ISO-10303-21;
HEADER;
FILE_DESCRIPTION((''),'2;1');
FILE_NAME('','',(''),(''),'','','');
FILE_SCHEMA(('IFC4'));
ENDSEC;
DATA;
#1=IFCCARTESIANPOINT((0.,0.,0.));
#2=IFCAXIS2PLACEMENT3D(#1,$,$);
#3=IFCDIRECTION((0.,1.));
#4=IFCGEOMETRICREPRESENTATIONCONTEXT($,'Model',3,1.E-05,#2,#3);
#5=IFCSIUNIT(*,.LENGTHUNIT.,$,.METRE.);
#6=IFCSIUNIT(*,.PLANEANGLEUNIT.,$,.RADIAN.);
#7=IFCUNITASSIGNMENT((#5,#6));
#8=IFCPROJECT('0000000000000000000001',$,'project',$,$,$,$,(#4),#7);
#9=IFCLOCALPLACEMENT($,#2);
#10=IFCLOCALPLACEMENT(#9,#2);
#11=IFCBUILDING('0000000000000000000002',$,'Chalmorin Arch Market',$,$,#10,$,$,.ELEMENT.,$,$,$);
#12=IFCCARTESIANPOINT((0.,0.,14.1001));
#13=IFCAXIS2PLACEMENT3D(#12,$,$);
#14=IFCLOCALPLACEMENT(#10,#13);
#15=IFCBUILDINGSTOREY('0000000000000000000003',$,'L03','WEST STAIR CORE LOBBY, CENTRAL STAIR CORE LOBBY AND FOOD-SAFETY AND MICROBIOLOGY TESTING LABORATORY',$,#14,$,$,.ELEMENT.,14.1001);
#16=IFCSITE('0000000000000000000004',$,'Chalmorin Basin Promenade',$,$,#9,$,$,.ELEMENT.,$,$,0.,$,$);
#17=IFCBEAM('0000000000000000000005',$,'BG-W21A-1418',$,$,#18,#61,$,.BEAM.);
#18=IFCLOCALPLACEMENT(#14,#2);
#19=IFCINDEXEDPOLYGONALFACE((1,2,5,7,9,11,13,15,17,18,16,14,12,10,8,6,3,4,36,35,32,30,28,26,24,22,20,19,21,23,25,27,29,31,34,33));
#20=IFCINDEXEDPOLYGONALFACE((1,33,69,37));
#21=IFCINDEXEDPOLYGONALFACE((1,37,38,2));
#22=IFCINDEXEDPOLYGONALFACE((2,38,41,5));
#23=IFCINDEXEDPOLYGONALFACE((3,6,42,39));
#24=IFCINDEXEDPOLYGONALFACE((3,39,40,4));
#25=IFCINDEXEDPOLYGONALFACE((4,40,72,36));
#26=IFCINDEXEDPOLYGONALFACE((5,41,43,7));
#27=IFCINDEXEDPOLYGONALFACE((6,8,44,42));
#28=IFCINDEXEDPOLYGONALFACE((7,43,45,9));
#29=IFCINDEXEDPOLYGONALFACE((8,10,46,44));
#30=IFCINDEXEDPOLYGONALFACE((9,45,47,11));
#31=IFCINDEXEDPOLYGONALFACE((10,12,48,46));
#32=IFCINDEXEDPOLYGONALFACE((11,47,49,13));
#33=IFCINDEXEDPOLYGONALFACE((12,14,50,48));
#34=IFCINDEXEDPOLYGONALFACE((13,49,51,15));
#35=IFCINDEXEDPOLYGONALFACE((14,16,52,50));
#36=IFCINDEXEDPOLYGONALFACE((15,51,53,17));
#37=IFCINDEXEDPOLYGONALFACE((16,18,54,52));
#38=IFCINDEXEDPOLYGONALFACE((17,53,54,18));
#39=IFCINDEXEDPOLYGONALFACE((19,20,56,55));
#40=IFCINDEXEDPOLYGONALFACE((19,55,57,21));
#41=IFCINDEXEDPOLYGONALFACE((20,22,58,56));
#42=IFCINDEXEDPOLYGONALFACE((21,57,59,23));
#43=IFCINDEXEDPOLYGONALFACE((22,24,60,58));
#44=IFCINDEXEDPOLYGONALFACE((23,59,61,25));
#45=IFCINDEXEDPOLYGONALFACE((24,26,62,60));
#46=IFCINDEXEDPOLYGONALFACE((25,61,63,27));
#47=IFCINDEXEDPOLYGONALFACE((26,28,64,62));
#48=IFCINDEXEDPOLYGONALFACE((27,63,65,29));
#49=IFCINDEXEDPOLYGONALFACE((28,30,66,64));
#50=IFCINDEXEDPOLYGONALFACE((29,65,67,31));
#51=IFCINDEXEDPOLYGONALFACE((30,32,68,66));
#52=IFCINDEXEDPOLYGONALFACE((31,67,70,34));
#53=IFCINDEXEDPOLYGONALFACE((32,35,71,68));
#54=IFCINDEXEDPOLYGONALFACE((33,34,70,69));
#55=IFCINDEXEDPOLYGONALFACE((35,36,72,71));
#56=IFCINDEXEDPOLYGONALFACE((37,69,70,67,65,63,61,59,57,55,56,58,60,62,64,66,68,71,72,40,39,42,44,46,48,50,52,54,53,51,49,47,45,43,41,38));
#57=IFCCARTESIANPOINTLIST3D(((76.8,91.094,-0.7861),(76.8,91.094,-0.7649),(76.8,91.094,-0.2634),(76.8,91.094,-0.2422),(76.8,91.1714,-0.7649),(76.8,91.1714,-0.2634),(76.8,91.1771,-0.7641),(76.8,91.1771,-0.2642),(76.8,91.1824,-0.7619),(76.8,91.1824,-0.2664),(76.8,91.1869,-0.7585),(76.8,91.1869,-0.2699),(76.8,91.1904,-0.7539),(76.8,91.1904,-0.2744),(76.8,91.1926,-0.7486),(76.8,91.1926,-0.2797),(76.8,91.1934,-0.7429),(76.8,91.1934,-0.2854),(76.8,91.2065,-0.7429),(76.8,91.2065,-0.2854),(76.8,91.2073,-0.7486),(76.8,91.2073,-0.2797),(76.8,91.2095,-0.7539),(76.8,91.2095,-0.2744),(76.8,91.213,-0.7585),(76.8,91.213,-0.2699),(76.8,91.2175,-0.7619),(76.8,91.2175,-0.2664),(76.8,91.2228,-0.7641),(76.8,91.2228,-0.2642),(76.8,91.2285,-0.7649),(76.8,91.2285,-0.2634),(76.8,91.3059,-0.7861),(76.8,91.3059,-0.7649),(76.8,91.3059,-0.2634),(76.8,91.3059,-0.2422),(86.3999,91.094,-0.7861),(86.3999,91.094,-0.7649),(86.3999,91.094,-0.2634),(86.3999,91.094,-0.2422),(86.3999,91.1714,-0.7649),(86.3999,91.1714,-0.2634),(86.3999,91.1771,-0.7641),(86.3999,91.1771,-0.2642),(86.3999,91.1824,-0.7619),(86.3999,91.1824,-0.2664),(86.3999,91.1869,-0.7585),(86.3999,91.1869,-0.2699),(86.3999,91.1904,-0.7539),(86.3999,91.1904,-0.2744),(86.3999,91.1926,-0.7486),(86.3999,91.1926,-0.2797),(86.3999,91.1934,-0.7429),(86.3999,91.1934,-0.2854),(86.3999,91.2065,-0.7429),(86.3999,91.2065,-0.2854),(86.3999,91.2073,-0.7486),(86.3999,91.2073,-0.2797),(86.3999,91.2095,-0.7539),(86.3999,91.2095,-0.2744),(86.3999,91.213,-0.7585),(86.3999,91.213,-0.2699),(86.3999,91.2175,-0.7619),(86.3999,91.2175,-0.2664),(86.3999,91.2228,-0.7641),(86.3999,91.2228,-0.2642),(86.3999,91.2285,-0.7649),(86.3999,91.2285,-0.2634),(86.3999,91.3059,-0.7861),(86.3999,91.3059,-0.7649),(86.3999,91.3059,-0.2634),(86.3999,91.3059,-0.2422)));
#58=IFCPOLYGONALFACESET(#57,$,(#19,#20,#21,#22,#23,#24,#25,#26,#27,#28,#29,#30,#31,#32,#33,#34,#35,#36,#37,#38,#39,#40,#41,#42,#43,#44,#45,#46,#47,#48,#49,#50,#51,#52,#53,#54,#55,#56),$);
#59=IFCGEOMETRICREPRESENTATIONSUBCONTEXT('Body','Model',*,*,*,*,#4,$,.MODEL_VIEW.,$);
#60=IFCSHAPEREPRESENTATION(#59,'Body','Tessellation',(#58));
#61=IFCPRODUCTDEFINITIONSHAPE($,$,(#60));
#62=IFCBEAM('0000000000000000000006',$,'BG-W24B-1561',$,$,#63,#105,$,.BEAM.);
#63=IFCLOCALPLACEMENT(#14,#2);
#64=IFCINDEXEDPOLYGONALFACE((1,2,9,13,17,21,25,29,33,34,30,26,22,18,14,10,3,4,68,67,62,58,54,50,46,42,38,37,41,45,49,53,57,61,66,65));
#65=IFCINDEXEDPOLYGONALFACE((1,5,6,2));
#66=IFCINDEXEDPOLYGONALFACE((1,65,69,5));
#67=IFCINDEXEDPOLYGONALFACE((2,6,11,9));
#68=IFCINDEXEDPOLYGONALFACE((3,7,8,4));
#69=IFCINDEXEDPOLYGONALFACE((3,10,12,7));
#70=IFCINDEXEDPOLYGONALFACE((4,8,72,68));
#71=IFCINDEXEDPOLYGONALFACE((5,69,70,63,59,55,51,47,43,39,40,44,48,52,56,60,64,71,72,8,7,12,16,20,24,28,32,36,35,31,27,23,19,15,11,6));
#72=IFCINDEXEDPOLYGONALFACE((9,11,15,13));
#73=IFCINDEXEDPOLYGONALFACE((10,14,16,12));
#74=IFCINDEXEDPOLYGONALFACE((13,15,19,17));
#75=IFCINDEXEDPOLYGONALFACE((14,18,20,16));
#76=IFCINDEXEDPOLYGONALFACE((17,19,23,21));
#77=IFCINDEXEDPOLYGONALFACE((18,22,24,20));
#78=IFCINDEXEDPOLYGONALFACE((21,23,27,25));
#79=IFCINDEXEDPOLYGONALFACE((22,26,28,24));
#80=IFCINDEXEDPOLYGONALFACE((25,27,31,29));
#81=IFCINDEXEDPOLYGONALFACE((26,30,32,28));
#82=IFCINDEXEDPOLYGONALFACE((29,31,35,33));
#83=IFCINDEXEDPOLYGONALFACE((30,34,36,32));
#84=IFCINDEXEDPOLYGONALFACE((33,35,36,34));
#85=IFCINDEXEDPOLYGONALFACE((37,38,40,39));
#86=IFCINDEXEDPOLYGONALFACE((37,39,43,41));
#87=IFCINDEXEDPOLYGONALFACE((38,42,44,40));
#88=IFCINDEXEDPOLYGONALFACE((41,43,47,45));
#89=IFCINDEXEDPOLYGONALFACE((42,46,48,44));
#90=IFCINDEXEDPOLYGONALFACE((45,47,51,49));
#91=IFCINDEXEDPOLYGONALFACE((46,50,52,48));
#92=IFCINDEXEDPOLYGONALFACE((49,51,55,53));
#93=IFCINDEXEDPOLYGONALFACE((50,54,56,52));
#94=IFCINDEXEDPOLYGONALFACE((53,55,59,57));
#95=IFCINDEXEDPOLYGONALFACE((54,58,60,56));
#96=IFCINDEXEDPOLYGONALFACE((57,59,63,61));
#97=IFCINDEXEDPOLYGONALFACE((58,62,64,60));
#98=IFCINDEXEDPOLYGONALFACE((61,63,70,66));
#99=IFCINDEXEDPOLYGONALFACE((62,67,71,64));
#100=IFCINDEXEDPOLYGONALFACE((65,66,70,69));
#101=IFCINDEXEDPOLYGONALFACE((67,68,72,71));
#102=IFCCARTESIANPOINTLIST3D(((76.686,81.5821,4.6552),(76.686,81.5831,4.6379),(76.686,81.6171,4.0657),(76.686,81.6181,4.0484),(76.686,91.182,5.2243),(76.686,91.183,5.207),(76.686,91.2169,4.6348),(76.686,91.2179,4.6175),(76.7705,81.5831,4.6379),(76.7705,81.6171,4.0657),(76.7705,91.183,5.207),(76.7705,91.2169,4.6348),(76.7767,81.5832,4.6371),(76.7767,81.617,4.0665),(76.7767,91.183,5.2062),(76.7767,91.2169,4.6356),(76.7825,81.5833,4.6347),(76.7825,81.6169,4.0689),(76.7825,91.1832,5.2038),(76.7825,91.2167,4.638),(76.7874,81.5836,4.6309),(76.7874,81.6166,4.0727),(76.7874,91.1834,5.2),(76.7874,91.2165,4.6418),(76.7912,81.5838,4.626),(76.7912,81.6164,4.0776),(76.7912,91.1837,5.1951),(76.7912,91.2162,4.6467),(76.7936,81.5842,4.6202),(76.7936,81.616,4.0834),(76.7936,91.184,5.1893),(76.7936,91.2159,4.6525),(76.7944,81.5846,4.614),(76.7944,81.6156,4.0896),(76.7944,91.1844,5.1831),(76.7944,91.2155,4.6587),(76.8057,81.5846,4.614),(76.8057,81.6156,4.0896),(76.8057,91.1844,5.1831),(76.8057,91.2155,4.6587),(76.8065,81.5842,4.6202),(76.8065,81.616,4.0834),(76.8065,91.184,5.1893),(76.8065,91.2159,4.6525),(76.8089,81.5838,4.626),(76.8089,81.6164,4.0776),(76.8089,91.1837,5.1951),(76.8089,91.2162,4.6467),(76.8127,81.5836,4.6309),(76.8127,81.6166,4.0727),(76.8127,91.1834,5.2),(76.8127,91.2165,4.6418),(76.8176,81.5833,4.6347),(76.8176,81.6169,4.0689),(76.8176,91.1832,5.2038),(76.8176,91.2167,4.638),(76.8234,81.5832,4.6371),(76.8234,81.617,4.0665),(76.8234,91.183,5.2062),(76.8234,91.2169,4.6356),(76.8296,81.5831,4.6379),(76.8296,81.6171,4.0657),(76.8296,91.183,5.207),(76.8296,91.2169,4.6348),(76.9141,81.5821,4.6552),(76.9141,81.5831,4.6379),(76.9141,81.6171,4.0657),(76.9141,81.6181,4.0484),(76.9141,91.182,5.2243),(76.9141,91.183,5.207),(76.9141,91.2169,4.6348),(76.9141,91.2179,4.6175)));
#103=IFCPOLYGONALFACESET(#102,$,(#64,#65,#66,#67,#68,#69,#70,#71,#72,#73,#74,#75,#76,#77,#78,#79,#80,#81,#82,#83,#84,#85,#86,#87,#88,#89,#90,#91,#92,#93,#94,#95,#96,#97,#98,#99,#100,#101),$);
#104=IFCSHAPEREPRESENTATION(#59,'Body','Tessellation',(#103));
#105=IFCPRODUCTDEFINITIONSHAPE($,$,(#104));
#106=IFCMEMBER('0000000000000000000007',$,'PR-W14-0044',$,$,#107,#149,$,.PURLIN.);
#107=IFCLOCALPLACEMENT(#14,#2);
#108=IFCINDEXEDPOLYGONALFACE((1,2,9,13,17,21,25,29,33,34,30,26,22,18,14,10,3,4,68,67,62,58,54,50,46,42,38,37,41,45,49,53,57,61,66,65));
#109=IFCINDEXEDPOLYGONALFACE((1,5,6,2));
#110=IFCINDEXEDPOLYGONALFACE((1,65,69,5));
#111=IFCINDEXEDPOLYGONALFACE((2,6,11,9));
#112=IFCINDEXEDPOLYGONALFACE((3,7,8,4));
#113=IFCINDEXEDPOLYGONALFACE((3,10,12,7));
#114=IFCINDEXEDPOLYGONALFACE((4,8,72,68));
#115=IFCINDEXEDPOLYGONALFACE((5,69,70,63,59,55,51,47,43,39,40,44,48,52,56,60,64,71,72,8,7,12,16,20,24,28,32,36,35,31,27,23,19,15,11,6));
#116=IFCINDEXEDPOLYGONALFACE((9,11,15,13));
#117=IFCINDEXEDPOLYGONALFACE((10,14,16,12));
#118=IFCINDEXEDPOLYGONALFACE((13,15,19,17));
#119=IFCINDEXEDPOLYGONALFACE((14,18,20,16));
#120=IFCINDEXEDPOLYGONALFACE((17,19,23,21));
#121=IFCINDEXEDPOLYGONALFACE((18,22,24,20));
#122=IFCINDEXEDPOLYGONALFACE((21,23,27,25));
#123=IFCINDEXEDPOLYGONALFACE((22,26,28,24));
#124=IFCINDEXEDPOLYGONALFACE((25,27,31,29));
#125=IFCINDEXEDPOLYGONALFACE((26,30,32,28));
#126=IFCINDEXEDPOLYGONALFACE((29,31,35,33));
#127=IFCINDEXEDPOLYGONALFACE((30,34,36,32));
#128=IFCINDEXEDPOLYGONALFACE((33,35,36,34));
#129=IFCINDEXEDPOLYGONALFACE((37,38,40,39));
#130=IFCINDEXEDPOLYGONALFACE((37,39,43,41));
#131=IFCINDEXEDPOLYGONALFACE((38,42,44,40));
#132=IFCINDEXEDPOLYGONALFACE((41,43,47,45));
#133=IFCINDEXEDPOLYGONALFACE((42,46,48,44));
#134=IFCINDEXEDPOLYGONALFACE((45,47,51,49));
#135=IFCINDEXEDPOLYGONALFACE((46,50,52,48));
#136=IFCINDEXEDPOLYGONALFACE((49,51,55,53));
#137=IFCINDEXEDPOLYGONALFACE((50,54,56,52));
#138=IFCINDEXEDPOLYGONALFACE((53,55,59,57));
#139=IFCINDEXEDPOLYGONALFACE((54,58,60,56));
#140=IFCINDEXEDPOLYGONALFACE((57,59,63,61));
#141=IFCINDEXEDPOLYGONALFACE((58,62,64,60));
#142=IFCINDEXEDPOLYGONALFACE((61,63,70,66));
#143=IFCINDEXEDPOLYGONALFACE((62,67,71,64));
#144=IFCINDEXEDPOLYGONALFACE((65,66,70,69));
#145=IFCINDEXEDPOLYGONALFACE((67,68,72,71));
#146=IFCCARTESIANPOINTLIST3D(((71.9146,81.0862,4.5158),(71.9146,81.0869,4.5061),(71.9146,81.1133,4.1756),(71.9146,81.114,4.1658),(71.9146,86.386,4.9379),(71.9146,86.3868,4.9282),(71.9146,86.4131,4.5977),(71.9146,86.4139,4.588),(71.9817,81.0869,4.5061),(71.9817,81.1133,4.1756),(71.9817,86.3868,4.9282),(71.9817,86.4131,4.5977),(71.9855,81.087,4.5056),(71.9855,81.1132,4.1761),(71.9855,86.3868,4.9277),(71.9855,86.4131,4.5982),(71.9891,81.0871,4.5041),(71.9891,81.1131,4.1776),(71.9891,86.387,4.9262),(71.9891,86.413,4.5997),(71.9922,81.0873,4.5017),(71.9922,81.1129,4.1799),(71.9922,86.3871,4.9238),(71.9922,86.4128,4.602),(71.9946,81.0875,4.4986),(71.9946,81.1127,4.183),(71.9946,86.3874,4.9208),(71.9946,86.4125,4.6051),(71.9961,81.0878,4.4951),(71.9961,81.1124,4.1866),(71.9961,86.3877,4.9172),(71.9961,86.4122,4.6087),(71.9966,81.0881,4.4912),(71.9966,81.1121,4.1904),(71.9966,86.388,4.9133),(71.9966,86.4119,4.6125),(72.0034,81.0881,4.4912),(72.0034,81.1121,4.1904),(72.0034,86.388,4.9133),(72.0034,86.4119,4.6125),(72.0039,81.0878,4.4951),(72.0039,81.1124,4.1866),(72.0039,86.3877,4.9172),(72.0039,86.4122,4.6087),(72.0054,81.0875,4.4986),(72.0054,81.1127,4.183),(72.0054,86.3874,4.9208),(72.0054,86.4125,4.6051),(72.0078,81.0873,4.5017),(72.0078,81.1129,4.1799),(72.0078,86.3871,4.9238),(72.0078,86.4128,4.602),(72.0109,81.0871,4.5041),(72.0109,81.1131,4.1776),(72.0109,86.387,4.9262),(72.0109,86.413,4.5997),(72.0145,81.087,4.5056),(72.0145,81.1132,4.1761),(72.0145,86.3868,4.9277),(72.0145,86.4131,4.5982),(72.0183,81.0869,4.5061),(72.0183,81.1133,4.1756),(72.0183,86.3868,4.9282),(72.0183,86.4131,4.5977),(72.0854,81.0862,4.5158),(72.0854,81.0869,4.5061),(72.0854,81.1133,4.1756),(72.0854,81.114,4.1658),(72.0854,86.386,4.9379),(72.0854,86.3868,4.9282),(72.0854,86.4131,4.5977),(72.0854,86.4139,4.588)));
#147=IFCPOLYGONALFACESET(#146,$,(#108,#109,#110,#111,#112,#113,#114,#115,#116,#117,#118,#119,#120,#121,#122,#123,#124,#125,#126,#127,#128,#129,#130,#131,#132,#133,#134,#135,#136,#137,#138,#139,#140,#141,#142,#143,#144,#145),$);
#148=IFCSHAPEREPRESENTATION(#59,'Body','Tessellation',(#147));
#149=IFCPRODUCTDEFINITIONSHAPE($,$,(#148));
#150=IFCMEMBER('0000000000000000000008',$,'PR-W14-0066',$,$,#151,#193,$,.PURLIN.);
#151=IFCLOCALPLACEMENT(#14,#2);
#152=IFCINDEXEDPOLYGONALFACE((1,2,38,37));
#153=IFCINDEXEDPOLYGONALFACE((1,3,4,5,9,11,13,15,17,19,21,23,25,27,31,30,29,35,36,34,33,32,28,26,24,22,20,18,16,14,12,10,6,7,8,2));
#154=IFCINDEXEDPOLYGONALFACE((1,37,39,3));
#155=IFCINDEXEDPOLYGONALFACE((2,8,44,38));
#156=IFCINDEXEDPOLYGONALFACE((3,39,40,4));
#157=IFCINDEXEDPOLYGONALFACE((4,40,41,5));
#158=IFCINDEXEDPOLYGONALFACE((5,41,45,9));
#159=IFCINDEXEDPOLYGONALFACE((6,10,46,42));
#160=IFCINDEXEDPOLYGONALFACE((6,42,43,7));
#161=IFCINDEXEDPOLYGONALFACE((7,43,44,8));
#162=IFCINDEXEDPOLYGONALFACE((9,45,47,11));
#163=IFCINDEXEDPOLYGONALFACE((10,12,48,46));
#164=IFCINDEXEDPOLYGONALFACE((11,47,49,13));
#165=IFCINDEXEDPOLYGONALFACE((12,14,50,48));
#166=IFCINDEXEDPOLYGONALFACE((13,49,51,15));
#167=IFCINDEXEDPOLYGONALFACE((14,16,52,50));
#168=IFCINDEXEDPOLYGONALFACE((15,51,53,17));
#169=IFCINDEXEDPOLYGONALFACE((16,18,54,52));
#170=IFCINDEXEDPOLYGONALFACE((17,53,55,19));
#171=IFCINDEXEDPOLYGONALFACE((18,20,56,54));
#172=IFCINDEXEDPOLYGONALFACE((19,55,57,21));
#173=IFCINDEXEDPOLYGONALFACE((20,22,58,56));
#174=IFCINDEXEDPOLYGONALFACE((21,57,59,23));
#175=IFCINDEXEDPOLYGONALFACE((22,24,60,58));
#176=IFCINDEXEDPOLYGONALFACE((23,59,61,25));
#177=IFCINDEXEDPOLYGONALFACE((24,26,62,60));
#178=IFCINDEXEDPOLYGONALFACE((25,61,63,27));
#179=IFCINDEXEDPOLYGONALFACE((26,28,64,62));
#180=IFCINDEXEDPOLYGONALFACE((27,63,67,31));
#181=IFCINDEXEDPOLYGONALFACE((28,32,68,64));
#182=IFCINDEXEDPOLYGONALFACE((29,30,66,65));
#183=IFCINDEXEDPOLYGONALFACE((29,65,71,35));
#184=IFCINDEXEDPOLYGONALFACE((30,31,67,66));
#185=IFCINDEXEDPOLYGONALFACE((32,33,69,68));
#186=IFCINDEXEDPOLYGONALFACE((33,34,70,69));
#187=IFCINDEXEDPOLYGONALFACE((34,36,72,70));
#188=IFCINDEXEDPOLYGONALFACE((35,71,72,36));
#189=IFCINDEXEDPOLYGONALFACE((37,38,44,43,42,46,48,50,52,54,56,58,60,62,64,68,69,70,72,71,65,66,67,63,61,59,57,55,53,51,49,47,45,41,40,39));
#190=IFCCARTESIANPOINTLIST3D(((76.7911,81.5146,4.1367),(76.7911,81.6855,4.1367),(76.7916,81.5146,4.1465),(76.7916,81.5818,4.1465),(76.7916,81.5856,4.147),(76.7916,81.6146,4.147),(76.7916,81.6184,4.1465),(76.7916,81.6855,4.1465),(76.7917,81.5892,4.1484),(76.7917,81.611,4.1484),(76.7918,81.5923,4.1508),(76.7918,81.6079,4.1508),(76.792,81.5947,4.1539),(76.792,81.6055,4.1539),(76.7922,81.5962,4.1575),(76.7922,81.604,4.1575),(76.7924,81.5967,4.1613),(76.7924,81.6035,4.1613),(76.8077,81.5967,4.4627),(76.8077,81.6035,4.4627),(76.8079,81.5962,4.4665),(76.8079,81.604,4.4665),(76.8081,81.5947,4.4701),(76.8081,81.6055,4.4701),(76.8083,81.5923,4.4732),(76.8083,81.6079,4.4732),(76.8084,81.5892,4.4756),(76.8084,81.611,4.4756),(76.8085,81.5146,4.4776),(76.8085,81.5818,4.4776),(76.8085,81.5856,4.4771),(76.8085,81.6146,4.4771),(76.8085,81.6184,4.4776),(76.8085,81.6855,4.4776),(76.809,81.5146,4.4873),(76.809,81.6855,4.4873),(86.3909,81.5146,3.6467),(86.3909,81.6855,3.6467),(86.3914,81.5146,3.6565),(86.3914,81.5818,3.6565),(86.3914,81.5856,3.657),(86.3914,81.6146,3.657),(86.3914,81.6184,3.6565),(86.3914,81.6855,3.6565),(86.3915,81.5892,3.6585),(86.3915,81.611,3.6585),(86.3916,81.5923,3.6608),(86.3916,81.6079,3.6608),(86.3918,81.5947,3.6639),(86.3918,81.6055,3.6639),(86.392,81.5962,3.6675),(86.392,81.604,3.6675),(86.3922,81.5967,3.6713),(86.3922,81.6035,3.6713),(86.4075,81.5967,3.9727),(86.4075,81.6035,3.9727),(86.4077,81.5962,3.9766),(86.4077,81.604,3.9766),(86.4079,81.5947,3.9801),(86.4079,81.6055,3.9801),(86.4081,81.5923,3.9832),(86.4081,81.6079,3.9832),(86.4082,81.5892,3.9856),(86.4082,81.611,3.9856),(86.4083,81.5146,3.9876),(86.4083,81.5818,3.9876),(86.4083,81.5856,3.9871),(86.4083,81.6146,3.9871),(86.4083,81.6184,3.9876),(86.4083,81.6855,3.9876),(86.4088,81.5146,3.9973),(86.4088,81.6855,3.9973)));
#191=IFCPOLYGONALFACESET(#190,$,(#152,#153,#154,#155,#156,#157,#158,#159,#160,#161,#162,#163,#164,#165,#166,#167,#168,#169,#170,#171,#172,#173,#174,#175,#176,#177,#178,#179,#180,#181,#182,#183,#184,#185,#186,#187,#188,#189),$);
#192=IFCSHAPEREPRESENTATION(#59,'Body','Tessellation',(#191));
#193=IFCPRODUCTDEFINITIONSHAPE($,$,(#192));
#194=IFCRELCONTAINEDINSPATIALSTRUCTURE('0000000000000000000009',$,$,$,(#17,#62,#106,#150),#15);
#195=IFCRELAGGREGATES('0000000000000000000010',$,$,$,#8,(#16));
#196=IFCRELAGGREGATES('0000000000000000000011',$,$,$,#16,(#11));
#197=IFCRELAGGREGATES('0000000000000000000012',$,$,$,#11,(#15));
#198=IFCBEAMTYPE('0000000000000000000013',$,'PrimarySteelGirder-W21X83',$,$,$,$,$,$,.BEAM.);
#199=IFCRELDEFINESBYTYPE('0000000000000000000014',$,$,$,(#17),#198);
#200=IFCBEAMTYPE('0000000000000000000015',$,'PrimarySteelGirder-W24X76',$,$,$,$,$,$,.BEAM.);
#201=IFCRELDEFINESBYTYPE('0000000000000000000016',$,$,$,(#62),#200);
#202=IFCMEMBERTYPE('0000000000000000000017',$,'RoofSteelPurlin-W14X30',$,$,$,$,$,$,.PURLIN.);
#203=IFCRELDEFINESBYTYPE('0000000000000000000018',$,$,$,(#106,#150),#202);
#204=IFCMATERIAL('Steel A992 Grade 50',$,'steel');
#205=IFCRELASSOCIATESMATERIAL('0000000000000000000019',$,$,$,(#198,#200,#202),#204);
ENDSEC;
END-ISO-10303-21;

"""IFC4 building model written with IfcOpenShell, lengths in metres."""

from ifc_helpers import new_model, si_unit, direction, frame, origin, origin_2d, place, context, subcontext, project, spatial, i_section, extrude, material, material_profile, profile_set, type_object, element, save


model = new_model("IFC4")

# Units and contexts
model_context = context("Model", 3, precision=1e-05, world=origin(), true_north=direction((0.0, 1.0)))
body_context = subcontext(model_context, "Body", "Model", "MODEL_VIEW")
ifc_project = project(units=[si_unit("LENGTHUNIT", "METRE"), si_unit("PLANEANGLEUNIT", "RADIAN")], contexts=[model_context])

# Site, building, storey
site_placement = place(None, origin())
site = spatial("IfcSite", under=ifc_project, at=site_placement, Name="Chalmorin Basin Promenade", CompositionType="ELEMENT", RefElevation=0.0)
building_placement = place(site_placement, origin())
building = spatial("IfcBuilding", under=site, at=building_placement, Name="Chalmorin Arch Market", CompositionType="ELEMENT")
storey_placement = place(building_placement, frame((0.0, 0.0, 14.1001)))
storey = spatial("IfcBuildingStorey", under=building, at=storey_placement, Name="L03", Description="WEST STAIR CORE LOBBY, CENTRAL STAIR CORE LOBBY AND FOOD-SAFETY AND MICROBIOLOGY TESTING LABORATORY", CompositionType="ELEMENT", Elevation=14.1001)

# Beams
ifc_material_1 = material(Name="Steel A992 Grade 50", Category="steel")
ifc_material_profile_1 = material_profile(ifc_material_1, i_section(OverallWidth=0.2119, OverallDepth=0.5439, WebThickness=0.0132, FlangeThickness=0.0212, FilletRadius=0.022, at=origin_2d()), Name="W21X83")
ifc_profile_set_1 = profile_set([ifc_material_profile_1], Name="Steel A992 Grade 50")
beam_type_1 = type_object("IfcBeamType", Name="PrimarySteelGirder-W21X83", PredefinedType="BEAM", material=ifc_profile_set_1)
for number, where, z_axis, x_axis, name in (
    (1, (76.8, 91.2, -0.5142), (1.0, 0.0, 0.0), (0.0, 1.0, 0.0), "BG-W21A-1418"),
):
    element("IfcBeam", number, at=place(storey_placement, frame(where, z_axis=z_axis, x_axis=x_axis)), inside=storey, type_object=beam_type_1, Name=name, PredefinedType="BEAM", context=body_context, shape_type="SweptSolid", body=[
        extrude(i_section(OverallWidth=0.2119, OverallDepth=0.5439, WebThickness=0.0132, FlangeThickness=0.0212, FilletRadius=0.022, at=origin_2d()), origin(), (0.0, 0.0, 1.0), 9.5999),
    ])
ifc_material_profile_2 = material_profile(ifc_material_1, i_section(OverallWidth=0.228, OverallDepth=0.6079, WebThickness=0.0112, FlangeThickness=0.0173, FilletRadius=0.0239, at=origin_2d()), Name="W24X76")
ifc_profile_set_2 = profile_set([ifc_material_profile_2], Name="Steel A992 Grade 50")
beam_type_2 = type_object("IfcBeamType", Name="PrimarySteelGirder-W24X76", PredefinedType="BEAM", material=ifc_profile_set_2)
beam_1_placement = place(storey_placement, frame((76.8, 81.6001, 4.3518), z_axis=(0.0, 0.998247, 0.059177), x_axis=(-1.0, 0.0, 0.0)))
element("IfcBeam", 2, at=beam_1_placement, inside=storey, type_object=beam_type_2, Name="BG-W24B-1561", PredefinedType="BEAM", context=body_context, shape_type="SweptSolid", body=[
    extrude(i_section(OverallWidth=0.228, OverallDepth=0.6079, WebThickness=0.0112, FlangeThickness=0.0173, FilletRadius=0.0239, at=origin_2d()), origin(), (0.0, 0.0, 1.0), 9.6167),
])

# Members
ifc_material_profile_3 = material_profile(ifc_material_1, i_section(OverallWidth=0.1709, OverallDepth=0.3511, WebThickness=0.0068, FlangeThickness=0.0098, FilletRadius=0.0149, at=origin_2d()), Name="W14X30")
ifc_profile_set_3 = profile_set([ifc_material_profile_3], Name="Steel A992 Grade 50")
member_type = type_object("IfcMemberType", Name="RoofSteelPurlin-W14X30", PredefinedType="PURLIN", material=ifc_profile_set_3)
member_1_placement = place(storey_placement, frame((72.0, 81.1001, 4.3408), z_axis=(0.0, 0.996843, 0.079397), x_axis=(-1.0, 0.0, 0.0)))
element("IfcMember", 3, at=member_1_placement, inside=storey, type_object=member_type, Name="PR-W14-0044", PredefinedType="PURLIN", context=body_context, shape_type="SweptSolid", body=[
    extrude(i_section(OverallWidth=0.1709, OverallDepth=0.3511, WebThickness=0.0068, FlangeThickness=0.0098, FilletRadius=0.0149, at=origin_2d()), origin(), (0.0, 0.0, 1.0), 5.3167),
])
member_2_placement = place(storey_placement, frame((76.8, 81.6001, 4.312), z_axis=(0.9987, 0.0, -0.050975), x_axis=(0.0, 1.0, 0.0)))
element("IfcMember", 4, at=member_2_placement, inside=storey, type_object=member_type, Name="PR-W14-0066", PredefinedType="PURLIN", context=body_context, shape_type="SweptSolid", body=[
    extrude(i_section(OverallWidth=0.1709, OverallDepth=0.3511, WebThickness=0.0068, FlangeThickness=0.0098, FilletRadius=0.0149, at=origin_2d()), origin(), (0.0, 0.0, 1.0), 9.6123),
])

save(model, "model.ifc")
